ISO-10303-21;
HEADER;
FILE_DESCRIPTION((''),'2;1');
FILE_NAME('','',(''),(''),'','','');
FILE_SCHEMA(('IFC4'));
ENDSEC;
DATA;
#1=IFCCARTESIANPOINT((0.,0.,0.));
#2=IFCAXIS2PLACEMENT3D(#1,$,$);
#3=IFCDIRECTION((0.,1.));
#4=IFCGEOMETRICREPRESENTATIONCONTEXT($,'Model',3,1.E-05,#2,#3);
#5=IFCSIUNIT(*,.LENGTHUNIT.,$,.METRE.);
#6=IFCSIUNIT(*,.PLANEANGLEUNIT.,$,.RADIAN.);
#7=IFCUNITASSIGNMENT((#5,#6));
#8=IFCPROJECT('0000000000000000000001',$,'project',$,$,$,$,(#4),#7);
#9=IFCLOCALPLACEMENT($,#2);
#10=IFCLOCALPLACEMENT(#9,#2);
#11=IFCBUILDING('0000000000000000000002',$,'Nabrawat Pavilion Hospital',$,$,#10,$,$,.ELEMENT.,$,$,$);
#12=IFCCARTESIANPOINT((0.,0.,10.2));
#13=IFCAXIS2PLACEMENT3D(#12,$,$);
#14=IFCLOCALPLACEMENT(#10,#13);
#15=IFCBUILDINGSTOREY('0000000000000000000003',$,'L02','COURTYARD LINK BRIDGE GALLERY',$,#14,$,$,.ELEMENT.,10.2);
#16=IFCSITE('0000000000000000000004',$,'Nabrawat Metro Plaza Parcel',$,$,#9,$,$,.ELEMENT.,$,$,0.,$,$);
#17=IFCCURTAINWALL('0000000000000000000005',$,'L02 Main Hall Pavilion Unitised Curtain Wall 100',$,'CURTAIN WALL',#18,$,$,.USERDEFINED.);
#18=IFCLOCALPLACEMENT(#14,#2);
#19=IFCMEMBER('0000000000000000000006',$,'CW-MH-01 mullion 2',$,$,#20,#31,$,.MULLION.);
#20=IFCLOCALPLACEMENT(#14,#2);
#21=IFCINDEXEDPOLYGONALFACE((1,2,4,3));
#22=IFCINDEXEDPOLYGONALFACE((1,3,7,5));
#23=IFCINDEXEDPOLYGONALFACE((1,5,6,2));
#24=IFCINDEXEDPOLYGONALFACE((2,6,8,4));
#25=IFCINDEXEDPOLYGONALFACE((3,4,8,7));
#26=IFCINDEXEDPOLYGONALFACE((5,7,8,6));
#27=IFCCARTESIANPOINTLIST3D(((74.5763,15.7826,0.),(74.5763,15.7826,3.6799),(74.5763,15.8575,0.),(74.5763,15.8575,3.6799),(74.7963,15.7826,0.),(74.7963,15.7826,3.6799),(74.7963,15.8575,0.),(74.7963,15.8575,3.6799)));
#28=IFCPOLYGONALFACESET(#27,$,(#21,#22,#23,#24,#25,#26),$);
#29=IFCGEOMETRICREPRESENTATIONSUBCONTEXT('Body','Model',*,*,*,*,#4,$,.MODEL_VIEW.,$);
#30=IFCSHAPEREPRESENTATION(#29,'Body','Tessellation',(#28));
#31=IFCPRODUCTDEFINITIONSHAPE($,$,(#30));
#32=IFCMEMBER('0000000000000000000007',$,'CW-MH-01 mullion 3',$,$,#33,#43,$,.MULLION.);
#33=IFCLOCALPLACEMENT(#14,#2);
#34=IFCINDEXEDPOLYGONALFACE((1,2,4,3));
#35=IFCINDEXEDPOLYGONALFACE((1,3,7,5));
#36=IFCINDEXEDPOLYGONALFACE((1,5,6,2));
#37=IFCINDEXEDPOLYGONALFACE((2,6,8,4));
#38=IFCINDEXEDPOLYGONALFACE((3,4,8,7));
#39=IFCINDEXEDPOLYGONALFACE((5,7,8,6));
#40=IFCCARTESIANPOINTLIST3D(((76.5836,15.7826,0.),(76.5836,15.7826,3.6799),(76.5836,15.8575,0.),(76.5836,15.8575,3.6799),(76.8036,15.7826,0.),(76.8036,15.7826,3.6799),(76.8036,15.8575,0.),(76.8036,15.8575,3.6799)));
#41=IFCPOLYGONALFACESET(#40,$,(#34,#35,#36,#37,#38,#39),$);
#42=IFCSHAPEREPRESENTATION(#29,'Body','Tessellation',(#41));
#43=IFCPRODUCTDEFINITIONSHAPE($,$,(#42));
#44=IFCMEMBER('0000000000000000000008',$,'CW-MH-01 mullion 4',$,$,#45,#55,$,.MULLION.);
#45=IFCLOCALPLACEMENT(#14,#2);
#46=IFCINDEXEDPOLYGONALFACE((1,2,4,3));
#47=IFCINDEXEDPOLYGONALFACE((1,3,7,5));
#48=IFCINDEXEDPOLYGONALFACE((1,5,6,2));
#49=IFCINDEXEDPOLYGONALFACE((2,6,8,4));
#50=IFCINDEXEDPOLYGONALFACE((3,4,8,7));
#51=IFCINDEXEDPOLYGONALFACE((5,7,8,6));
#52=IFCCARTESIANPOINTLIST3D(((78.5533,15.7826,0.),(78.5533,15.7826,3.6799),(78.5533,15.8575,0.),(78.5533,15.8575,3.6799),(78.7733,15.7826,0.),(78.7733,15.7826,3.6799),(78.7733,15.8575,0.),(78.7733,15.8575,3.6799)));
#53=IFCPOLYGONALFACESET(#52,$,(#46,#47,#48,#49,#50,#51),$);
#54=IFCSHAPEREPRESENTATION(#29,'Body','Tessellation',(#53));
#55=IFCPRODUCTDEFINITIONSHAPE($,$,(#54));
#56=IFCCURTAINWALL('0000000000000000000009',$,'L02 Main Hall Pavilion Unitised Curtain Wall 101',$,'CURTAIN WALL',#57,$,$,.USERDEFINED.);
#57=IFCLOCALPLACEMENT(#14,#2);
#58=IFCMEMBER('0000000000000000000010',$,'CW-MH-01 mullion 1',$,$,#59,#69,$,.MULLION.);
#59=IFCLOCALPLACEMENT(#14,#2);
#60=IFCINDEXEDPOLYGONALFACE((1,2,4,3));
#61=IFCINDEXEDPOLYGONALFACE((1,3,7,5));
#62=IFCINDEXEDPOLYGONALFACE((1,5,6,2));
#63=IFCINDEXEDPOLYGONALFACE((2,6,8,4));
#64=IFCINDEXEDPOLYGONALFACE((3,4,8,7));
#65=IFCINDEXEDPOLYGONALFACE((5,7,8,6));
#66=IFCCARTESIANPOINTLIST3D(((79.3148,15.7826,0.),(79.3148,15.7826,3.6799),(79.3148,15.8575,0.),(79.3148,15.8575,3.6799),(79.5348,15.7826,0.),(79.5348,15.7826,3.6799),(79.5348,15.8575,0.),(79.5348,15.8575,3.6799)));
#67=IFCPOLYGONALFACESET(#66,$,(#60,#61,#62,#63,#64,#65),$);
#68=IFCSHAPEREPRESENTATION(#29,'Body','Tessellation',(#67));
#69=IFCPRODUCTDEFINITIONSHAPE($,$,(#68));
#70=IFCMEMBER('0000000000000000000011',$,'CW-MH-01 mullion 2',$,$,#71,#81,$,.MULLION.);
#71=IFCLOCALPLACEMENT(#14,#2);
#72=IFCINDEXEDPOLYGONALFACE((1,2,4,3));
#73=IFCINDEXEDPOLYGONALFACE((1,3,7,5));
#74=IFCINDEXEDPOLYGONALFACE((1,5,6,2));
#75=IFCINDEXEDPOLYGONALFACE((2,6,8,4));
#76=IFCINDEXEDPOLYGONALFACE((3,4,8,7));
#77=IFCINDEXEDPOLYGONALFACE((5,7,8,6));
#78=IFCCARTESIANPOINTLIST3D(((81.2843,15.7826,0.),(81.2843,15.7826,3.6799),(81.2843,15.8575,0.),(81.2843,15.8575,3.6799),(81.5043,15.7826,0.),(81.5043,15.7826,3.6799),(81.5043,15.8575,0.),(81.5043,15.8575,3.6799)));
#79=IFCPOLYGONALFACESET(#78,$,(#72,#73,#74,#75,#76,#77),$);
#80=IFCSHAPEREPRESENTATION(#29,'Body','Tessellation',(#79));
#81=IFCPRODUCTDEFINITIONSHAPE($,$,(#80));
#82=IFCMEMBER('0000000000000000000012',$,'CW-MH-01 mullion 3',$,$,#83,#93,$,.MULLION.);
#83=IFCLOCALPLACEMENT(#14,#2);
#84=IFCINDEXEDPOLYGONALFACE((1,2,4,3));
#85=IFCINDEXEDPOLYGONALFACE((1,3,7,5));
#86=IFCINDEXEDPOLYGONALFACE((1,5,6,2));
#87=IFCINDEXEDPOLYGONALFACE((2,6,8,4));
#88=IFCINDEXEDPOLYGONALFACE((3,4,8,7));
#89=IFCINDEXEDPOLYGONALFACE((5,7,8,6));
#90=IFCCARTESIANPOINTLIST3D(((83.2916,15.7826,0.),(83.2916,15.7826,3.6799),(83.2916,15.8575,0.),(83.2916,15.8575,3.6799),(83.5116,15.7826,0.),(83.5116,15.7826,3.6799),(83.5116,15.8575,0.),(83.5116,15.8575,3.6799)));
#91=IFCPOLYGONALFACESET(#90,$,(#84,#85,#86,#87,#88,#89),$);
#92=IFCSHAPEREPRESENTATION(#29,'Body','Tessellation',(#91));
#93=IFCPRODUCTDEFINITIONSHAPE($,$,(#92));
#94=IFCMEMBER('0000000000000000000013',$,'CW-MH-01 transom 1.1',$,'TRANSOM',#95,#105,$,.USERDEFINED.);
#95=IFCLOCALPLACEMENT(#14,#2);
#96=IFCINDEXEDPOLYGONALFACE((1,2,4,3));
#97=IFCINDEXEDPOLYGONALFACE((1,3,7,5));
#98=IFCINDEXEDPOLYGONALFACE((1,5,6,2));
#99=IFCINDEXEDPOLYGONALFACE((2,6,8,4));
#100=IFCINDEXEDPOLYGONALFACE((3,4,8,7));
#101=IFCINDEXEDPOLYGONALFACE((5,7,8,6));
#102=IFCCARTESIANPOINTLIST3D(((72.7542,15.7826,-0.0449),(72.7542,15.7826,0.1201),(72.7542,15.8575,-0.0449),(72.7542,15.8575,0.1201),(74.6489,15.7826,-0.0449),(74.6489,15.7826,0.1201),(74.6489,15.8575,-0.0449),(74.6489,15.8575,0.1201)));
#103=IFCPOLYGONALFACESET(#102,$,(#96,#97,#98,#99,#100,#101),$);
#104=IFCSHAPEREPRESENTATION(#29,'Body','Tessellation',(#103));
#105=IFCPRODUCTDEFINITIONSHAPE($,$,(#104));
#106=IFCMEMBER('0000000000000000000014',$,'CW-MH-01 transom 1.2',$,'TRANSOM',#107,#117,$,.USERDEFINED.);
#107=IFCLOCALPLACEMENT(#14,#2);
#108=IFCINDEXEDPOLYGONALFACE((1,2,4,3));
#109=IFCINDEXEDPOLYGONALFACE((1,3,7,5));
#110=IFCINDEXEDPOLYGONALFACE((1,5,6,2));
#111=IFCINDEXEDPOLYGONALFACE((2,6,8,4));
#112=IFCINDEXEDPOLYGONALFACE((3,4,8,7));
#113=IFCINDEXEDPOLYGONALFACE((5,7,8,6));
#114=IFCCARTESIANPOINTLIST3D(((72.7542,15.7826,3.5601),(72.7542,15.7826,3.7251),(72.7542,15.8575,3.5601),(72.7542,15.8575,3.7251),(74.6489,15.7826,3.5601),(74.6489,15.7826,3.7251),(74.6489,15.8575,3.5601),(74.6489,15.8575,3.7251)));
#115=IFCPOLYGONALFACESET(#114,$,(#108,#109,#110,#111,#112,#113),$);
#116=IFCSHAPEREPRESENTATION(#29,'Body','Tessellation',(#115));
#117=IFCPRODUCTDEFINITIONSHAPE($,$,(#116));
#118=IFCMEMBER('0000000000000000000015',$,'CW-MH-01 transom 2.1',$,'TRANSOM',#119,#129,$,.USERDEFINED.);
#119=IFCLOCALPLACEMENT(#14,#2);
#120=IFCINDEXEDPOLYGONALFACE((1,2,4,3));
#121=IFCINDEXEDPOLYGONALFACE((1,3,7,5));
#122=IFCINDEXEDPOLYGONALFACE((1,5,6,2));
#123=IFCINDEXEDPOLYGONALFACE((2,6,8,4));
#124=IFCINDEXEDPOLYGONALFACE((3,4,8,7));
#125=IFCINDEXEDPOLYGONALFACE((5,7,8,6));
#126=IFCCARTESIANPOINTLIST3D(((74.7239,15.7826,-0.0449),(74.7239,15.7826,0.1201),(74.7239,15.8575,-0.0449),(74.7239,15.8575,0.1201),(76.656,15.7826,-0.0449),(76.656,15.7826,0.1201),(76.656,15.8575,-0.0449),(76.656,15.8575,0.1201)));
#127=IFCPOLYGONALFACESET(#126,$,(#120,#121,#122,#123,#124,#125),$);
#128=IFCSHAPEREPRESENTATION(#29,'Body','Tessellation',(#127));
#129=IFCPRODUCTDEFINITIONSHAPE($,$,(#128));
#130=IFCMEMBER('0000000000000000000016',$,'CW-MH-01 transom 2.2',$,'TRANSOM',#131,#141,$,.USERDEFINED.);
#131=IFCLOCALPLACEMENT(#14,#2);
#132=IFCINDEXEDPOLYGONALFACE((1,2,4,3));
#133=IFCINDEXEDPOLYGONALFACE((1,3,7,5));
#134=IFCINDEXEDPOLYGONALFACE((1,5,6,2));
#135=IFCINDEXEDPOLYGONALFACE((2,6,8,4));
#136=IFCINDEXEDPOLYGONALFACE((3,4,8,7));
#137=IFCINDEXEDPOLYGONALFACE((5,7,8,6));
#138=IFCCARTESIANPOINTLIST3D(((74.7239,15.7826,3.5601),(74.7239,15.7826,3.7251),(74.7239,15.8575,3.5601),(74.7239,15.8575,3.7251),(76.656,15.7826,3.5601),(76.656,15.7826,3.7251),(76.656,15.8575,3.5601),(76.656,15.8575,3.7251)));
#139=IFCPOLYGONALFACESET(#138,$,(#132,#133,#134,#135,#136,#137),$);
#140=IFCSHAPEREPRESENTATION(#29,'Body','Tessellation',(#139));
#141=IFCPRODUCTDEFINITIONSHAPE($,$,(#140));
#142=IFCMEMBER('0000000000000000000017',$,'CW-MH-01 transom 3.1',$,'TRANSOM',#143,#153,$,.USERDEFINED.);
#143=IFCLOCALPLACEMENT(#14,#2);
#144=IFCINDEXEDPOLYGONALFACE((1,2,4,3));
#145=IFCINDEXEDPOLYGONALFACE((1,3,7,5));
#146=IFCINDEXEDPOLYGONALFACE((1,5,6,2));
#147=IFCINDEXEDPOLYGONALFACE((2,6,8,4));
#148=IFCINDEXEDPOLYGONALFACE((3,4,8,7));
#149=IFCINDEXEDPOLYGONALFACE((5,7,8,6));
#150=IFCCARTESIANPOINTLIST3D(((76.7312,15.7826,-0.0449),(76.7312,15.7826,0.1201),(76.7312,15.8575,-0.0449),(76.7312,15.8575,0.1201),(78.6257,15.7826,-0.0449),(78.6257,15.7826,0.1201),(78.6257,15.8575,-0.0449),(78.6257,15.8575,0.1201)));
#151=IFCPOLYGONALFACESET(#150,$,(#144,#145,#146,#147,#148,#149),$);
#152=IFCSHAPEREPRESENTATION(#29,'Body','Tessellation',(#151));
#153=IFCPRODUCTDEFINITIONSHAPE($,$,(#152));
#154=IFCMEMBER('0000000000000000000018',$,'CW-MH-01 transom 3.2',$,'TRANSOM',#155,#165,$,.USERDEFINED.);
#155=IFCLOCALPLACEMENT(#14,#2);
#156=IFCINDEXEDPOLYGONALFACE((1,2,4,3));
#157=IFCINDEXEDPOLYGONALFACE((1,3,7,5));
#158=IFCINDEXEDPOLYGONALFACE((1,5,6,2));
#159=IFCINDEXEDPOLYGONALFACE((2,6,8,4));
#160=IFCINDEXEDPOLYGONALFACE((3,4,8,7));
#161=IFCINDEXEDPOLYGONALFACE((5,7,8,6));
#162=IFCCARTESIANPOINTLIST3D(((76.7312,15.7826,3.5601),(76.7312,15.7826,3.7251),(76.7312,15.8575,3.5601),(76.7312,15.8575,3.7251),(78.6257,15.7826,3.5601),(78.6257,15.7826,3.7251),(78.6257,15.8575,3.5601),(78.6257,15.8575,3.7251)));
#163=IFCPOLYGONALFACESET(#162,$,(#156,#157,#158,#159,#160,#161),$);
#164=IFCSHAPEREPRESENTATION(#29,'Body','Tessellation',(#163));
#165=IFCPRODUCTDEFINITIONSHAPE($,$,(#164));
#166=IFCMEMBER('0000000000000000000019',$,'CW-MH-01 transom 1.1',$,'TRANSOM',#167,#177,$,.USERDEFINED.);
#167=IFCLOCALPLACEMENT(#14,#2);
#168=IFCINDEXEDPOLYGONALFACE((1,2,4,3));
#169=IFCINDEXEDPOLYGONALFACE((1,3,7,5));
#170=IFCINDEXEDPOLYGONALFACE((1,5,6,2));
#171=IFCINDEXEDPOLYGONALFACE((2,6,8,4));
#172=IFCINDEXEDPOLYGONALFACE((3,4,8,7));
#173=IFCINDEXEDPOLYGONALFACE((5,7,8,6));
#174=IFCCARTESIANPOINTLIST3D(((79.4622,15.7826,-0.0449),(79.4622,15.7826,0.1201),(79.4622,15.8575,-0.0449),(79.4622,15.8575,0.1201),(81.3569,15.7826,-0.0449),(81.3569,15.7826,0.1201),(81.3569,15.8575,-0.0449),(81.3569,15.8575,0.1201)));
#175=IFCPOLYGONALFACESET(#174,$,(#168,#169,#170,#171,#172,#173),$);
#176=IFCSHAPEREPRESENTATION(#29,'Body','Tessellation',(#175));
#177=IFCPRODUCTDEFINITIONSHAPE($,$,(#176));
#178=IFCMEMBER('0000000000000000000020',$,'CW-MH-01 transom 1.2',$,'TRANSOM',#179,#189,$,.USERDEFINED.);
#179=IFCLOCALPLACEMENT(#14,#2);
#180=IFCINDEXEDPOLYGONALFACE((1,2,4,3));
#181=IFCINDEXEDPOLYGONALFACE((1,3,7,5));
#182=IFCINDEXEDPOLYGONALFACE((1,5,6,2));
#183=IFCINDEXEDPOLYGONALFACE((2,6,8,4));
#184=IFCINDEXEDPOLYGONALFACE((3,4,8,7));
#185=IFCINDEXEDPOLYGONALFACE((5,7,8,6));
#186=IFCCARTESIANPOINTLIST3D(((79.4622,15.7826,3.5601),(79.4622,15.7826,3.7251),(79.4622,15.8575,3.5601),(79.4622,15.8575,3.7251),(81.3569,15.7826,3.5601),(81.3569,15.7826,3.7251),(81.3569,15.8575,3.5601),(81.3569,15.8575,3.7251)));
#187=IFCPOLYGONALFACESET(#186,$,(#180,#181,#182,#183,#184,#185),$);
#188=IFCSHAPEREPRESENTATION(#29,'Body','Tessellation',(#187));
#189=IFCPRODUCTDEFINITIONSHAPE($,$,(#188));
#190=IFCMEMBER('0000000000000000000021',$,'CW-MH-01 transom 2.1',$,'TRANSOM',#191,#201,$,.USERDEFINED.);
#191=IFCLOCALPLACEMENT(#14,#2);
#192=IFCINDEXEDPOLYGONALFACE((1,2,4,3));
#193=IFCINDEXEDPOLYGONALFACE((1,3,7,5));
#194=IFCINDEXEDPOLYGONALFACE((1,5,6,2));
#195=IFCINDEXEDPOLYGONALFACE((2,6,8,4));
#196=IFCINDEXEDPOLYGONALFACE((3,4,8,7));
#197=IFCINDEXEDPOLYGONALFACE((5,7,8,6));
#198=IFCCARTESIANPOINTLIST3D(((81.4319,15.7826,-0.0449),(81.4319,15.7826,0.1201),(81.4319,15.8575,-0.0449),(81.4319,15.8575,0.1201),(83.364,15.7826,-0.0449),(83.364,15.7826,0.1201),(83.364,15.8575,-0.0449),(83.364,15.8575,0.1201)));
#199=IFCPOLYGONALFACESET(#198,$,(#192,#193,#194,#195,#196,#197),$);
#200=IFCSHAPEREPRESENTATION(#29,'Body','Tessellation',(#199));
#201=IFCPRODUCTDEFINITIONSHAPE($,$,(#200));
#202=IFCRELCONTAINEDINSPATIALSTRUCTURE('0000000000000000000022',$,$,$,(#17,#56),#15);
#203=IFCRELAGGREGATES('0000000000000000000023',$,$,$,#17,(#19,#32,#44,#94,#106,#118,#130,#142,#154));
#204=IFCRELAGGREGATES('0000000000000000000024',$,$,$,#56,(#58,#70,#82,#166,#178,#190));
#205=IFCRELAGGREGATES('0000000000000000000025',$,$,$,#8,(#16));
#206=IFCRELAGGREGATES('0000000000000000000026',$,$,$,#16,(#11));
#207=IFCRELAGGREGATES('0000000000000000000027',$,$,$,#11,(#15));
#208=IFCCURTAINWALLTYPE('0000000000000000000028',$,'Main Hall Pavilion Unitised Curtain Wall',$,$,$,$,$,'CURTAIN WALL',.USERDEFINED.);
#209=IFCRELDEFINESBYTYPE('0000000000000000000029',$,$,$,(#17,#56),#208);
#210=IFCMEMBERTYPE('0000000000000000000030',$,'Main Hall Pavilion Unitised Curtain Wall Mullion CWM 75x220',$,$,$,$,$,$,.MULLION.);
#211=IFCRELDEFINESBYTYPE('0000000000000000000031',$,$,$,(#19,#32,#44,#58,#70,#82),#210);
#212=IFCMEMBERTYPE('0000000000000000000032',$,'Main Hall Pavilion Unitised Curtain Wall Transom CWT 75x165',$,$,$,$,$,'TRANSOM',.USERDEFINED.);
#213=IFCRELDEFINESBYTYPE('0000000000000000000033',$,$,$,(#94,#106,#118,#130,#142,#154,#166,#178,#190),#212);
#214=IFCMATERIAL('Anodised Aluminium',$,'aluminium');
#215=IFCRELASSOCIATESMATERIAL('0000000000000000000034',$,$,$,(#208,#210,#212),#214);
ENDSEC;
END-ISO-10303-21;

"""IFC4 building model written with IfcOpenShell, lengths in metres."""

from ifc_helpers import new_model, si_unit, direction, frame, origin, origin_2d, place, context, subcontext, project, spatial, rectangle, extrude, material, material_profile, profile_set, type_object, element, aggregate, save


model = new_model("IFC4")

# Units and contexts
model_context = context("Model", 3, precision=1e-05, world=origin(), true_north=direction((0.0, 1.0)))
body_context = subcontext(model_context, "Body", "Model", "MODEL_VIEW")
ifc_project = project(units=[si_unit("LENGTHUNIT", "METRE"), si_unit("PLANEANGLEUNIT", "RADIAN")], contexts=[model_context])

# Site, building, storey
site_placement = place(None, origin())
site = spatial("IfcSite", under=ifc_project, at=site_placement, Name="Nabrawat Metro Plaza Parcel", CompositionType="ELEMENT", RefElevation=0.0)
building_placement = place(site_placement, origin())
building = spatial("IfcBuilding", under=site, at=building_placement, Name="Nabrawat Pavilion Hospital", CompositionType="ELEMENT")
storey_placement = place(building_placement, frame((0.0, 0.0, 10.2)))
storey = spatial("IfcBuildingStorey", under=building, at=storey_placement, Name="L02", Description="COURTYARD LINK BRIDGE GALLERY", CompositionType="ELEMENT", Elevation=10.2)

# Shared definitions
ifc_material_1 = material(Name="Anodised Aluminium", Category="aluminium")
curtain_wall_type = type_object("IfcCurtainWallType", Name="Main Hall Pavilion Unitised Curtain Wall", ElementType="CURTAIN WALL", PredefinedType="USERDEFINED", material=ifc_material_1)
ifc_material_profile_1 = material_profile(ifc_material_1, rectangle(XDim=0.075, YDim=0.22, at=origin_2d()), Name="CWM 75x220")
ifc_profile_set_1 = profile_set([ifc_material_profile_1], Name="Anodised Aluminium")
member_type_1 = type_object("IfcMemberType", Name="Main Hall Pavilion Unitised Curtain Wall Mullion CWM 75x220", PredefinedType="MULLION", material=ifc_profile_set_1)

# Curtain walls, members
curtain_wall_1_placement = place(storey_placement, origin())
curtain_wall_1 = element("IfcCurtainWall", 1, at=curtain_wall_1_placement, inside=storey, type_object=curtain_wall_type, Name="L02 Main Hall Pavilion Unitised Curtain Wall 100", ObjectType="CURTAIN WALL", PredefinedType="USERDEFINED")
member_1_placement = place(storey_placement, frame((74.6863, 15.8201, 0.0), z_axis=(0.0, 0.0, 1.0), x_axis=(0.0, 1.0, 0.0)))
member_1 = element("IfcMember", 2, at=member_1_placement, type_object=member_type_1, Name="CW-MH-01 mullion 2", PredefinedType="MULLION", context=body_context, shape_type="SweptSolid", body=[
    extrude(rectangle(XDim=0.075, YDim=0.22, at=origin_2d()), origin(), (0.0, 0.0, 1.0), 3.6799),
])
member_2_placement = place(storey_placement, frame((76.6936, 15.8201, 0.0), z_axis=(0.0, 0.0, 1.0), x_axis=(0.0, 1.0, 0.0)))
member_2 = element("IfcMember", 3, at=member_2_placement, type_object=member_type_1, Name="CW-MH-01 mullion 3", PredefinedType="MULLION", context=body_context, shape_type="SweptSolid", body=[
    extrude(rectangle(XDim=0.075, YDim=0.22, at=origin_2d()), origin(), (0.0, 0.0, 1.0), 3.6799),
])
member_3_placement = place(storey_placement, frame((78.6633, 15.8201, 0.0), z_axis=(0.0, 0.0, 1.0), x_axis=(0.0, 1.0, 0.0)))
member_3 = element("IfcMember", 4, at=member_3_placement, type_object=member_type_1, Name="CW-MH-01 mullion 4", PredefinedType="MULLION", context=body_context, shape_type="SweptSolid", body=[
    extrude(rectangle(XDim=0.075, YDim=0.22, at=origin_2d()), origin(), (0.0, 0.0, 1.0), 3.6799),
])
curtain_wall_2_placement = place(storey_placement, origin())
curtain_wall_2 = element("IfcCurtainWall", 5, at=curtain_wall_2_placement, inside=storey, type_object=curtain_wall_type, Name="L02 Main Hall Pavilion Unitised Curtain Wall 101", ObjectType="CURTAIN WALL", PredefinedType="USERDEFINED")
member_4_placement = place(storey_placement, frame((79.4248, 15.8201, 0.0), z_axis=(0.0, 0.0, 1.0), x_axis=(0.0, 1.0, 0.0)))
member_4 = element("IfcMember", 6, at=member_4_placement, type_object=member_type_1, Name="CW-MH-01 mullion 1", PredefinedType="MULLION", context=body_context, shape_type="SweptSolid", body=[
    extrude(rectangle(XDim=0.075, YDim=0.22, at=origin_2d()), origin(), (0.0, 0.0, 1.0), 3.6799),
])
member_5_placement = place(storey_placement, frame((81.3943, 15.8201, 0.0), z_axis=(0.0, 0.0, 1.0), x_axis=(0.0, 1.0, 0.0)))
member_5 = element("IfcMember", 7, at=member_5_placement, type_object=member_type_1, Name="CW-MH-01 mullion 2", PredefinedType="MULLION", context=body_context, shape_type="SweptSolid", body=[
    extrude(rectangle(XDim=0.075, YDim=0.22, at=origin_2d()), origin(), (0.0, 0.0, 1.0), 3.6799),
])
member_6_placement = place(storey_placement, frame((83.4016, 15.8201, 0.0), z_axis=(0.0, 0.0, 1.0), x_axis=(0.0, 1.0, 0.0)))
member_6 = element("IfcMember", 8, at=member_6_placement, type_object=member_type_1, Name="CW-MH-01 mullion 3", PredefinedType="MULLION", context=body_context, shape_type="SweptSolid", body=[
    extrude(rectangle(XDim=0.075, YDim=0.22, at=origin_2d()), origin(), (0.0, 0.0, 1.0), 3.6799),
])

# Members
ifc_material_profile_2 = material_profile(ifc_material_1, rectangle(XDim=0.075, YDim=0.165, at=origin_2d()), Name="CWT 75x165")
ifc_profile_set_2 = profile_set([ifc_material_profile_2], Name="Anodised Aluminium")
member_type_2 = type_object("IfcMemberType", Name="Main Hall Pavilion Unitised Curtain Wall Transom CWT 75x165", ElementType="TRANSOM", PredefinedType="USERDEFINED", material=ifc_profile_set_2)
member_7_placement = place(storey_placement, frame((72.7542, 15.8201, 0.0376), z_axis=(1.0, 0.0, 0.0), x_axis=(0.0, 1.0, 0.0)))
member_7 = element("IfcMember", 9, at=member_7_placement, type_object=member_type_2, Name="CW-MH-01 transom 1.1", ObjectType="TRANSOM", PredefinedType="USERDEFINED", context=body_context, shape_type="SweptSolid", body=[
    extrude(rectangle(XDim=0.075, YDim=0.165, at=origin_2d()), origin(), (0.0, 0.0, 1.0), 1.8948),
])
member_8_placement = place(storey_placement, frame((72.7542, 15.8201, 3.6426), z_axis=(1.0, 0.0, 0.0), x_axis=(0.0, 1.0, 0.0)))
member_8 = element("IfcMember", 10, at=member_8_placement, type_object=member_type_2, Name="CW-MH-01 transom 1.2", ObjectType="TRANSOM", PredefinedType="USERDEFINED", context=body_context, shape_type="SweptSolid", body=[
    extrude(rectangle(XDim=0.075, YDim=0.165, at=origin_2d()), origin(), (0.0, 0.0, 1.0), 1.8948),
])
member_9_placement = place(storey_placement, frame((74.7239, 15.8201, 0.0376), z_axis=(1.0, 0.0, 0.0), x_axis=(0.0, 1.0, 0.0)))
member_9 = element("IfcMember", 11, at=member_9_placement, type_object=member_type_2, Name="CW-MH-01 transom 2.1", ObjectType="TRANSOM", PredefinedType="USERDEFINED", context=body_context, shape_type="SweptSolid", body=[
    extrude(rectangle(XDim=0.075, YDim=0.165, at=origin_2d()), origin(), (0.0, 0.0, 1.0), 1.9321),
])
member_10_placement = place(storey_placement, frame((74.7239, 15.8201, 3.6426), z_axis=(1.0, 0.0, 0.0), x_axis=(0.0, 1.0, 0.0)))
member_10 = element("IfcMember", 12, at=member_10_placement, type_object=member_type_2, Name="CW-MH-01 transom 2.2", ObjectType="TRANSOM", PredefinedType="USERDEFINED", context=body_context, shape_type="SweptSolid", body=[
    extrude(rectangle(XDim=0.075, YDim=0.165, at=origin_2d()), origin(), (0.0, 0.0, 1.0), 1.9321),
])
member_11_placement = place(storey_placement, frame((76.7312, 15.8201, 0.0376), z_axis=(1.0, 0.0, 0.0), x_axis=(0.0, 1.0, 0.0)))
member_11 = element("IfcMember", 13, at=member_11_placement, type_object=member_type_2, Name="CW-MH-01 transom 3.1", ObjectType="TRANSOM", PredefinedType="USERDEFINED", context=body_context, shape_type="SweptSolid", body=[
    extrude(rectangle(XDim=0.075, YDim=0.165, at=origin_2d()), origin(), (0.0, 0.0, 1.0), 1.8945),
])
member_12_placement = place(storey_placement, frame((76.7312, 15.8201, 3.6426), z_axis=(1.0, 0.0, 0.0), x_axis=(0.0, 1.0, 0.0)))
member_12 = element("IfcMember", 14, at=member_12_placement, type_object=member_type_2, Name="CW-MH-01 transom 3.2", ObjectType="TRANSOM", PredefinedType="USERDEFINED", context=body_context, shape_type="SweptSolid", body=[
    extrude(rectangle(XDim=0.075, YDim=0.165, at=origin_2d()), origin(), (0.0, 0.0, 1.0), 1.8945),
])
member_13_placement = place(storey_placement, frame((79.4622, 15.8201, 0.0376), z_axis=(1.0, 0.0, 0.0), x_axis=(0.0, 1.0, 0.0)))
member_13 = element("IfcMember", 15, at=member_13_placement, type_object=member_type_2, Name="CW-MH-01 transom 1.1", ObjectType="TRANSOM", PredefinedType="USERDEFINED", context=body_context, shape_type="SweptSolid", body=[
    extrude(rectangle(XDim=0.075, YDim=0.165, at=origin_2d()), origin(), (0.0, 0.0, 1.0), 1.8948),
])
member_14_placement = place(storey_placement, frame((79.4622, 15.8201, 3.6426), z_axis=(1.0, 0.0, 0.0), x_axis=(0.0, 1.0, 0.0)))
member_14 = element("IfcMember", 16, at=member_14_placement, type_object=member_type_2, Name="CW-MH-01 transom 1.2", ObjectType="TRANSOM", PredefinedType="USERDEFINED", context=body_context, shape_type="SweptSolid", body=[
    extrude(rectangle(XDim=0.075, YDim=0.165, at=origin_2d()), origin(), (0.0, 0.0, 1.0), 1.8948),
])
member_15_placement = place(storey_placement, frame((81.4319, 15.8201, 0.0376), z_axis=(1.0, 0.0, 0.0), x_axis=(0.0, 1.0, 0.0)))
member_15 = element("IfcMember", 17, at=member_15_placement, type_object=member_type_2, Name="CW-MH-01 transom 2.1", ObjectType="TRANSOM", PredefinedType="USERDEFINED", context=body_context, shape_type="SweptSolid", body=[
    extrude(rectangle(XDim=0.075, YDim=0.165, at=origin_2d()), origin(), (0.0, 0.0, 1.0), 1.9321),
])

aggregate(curtain_wall_1, [member_1, member_2, member_3, member_7, member_8, member_9, member_10, member_11, member_12])
aggregate(curtain_wall_2, [member_4, member_5, member_6, member_13, member_14, member_15])

save(model, "model.ifc")
